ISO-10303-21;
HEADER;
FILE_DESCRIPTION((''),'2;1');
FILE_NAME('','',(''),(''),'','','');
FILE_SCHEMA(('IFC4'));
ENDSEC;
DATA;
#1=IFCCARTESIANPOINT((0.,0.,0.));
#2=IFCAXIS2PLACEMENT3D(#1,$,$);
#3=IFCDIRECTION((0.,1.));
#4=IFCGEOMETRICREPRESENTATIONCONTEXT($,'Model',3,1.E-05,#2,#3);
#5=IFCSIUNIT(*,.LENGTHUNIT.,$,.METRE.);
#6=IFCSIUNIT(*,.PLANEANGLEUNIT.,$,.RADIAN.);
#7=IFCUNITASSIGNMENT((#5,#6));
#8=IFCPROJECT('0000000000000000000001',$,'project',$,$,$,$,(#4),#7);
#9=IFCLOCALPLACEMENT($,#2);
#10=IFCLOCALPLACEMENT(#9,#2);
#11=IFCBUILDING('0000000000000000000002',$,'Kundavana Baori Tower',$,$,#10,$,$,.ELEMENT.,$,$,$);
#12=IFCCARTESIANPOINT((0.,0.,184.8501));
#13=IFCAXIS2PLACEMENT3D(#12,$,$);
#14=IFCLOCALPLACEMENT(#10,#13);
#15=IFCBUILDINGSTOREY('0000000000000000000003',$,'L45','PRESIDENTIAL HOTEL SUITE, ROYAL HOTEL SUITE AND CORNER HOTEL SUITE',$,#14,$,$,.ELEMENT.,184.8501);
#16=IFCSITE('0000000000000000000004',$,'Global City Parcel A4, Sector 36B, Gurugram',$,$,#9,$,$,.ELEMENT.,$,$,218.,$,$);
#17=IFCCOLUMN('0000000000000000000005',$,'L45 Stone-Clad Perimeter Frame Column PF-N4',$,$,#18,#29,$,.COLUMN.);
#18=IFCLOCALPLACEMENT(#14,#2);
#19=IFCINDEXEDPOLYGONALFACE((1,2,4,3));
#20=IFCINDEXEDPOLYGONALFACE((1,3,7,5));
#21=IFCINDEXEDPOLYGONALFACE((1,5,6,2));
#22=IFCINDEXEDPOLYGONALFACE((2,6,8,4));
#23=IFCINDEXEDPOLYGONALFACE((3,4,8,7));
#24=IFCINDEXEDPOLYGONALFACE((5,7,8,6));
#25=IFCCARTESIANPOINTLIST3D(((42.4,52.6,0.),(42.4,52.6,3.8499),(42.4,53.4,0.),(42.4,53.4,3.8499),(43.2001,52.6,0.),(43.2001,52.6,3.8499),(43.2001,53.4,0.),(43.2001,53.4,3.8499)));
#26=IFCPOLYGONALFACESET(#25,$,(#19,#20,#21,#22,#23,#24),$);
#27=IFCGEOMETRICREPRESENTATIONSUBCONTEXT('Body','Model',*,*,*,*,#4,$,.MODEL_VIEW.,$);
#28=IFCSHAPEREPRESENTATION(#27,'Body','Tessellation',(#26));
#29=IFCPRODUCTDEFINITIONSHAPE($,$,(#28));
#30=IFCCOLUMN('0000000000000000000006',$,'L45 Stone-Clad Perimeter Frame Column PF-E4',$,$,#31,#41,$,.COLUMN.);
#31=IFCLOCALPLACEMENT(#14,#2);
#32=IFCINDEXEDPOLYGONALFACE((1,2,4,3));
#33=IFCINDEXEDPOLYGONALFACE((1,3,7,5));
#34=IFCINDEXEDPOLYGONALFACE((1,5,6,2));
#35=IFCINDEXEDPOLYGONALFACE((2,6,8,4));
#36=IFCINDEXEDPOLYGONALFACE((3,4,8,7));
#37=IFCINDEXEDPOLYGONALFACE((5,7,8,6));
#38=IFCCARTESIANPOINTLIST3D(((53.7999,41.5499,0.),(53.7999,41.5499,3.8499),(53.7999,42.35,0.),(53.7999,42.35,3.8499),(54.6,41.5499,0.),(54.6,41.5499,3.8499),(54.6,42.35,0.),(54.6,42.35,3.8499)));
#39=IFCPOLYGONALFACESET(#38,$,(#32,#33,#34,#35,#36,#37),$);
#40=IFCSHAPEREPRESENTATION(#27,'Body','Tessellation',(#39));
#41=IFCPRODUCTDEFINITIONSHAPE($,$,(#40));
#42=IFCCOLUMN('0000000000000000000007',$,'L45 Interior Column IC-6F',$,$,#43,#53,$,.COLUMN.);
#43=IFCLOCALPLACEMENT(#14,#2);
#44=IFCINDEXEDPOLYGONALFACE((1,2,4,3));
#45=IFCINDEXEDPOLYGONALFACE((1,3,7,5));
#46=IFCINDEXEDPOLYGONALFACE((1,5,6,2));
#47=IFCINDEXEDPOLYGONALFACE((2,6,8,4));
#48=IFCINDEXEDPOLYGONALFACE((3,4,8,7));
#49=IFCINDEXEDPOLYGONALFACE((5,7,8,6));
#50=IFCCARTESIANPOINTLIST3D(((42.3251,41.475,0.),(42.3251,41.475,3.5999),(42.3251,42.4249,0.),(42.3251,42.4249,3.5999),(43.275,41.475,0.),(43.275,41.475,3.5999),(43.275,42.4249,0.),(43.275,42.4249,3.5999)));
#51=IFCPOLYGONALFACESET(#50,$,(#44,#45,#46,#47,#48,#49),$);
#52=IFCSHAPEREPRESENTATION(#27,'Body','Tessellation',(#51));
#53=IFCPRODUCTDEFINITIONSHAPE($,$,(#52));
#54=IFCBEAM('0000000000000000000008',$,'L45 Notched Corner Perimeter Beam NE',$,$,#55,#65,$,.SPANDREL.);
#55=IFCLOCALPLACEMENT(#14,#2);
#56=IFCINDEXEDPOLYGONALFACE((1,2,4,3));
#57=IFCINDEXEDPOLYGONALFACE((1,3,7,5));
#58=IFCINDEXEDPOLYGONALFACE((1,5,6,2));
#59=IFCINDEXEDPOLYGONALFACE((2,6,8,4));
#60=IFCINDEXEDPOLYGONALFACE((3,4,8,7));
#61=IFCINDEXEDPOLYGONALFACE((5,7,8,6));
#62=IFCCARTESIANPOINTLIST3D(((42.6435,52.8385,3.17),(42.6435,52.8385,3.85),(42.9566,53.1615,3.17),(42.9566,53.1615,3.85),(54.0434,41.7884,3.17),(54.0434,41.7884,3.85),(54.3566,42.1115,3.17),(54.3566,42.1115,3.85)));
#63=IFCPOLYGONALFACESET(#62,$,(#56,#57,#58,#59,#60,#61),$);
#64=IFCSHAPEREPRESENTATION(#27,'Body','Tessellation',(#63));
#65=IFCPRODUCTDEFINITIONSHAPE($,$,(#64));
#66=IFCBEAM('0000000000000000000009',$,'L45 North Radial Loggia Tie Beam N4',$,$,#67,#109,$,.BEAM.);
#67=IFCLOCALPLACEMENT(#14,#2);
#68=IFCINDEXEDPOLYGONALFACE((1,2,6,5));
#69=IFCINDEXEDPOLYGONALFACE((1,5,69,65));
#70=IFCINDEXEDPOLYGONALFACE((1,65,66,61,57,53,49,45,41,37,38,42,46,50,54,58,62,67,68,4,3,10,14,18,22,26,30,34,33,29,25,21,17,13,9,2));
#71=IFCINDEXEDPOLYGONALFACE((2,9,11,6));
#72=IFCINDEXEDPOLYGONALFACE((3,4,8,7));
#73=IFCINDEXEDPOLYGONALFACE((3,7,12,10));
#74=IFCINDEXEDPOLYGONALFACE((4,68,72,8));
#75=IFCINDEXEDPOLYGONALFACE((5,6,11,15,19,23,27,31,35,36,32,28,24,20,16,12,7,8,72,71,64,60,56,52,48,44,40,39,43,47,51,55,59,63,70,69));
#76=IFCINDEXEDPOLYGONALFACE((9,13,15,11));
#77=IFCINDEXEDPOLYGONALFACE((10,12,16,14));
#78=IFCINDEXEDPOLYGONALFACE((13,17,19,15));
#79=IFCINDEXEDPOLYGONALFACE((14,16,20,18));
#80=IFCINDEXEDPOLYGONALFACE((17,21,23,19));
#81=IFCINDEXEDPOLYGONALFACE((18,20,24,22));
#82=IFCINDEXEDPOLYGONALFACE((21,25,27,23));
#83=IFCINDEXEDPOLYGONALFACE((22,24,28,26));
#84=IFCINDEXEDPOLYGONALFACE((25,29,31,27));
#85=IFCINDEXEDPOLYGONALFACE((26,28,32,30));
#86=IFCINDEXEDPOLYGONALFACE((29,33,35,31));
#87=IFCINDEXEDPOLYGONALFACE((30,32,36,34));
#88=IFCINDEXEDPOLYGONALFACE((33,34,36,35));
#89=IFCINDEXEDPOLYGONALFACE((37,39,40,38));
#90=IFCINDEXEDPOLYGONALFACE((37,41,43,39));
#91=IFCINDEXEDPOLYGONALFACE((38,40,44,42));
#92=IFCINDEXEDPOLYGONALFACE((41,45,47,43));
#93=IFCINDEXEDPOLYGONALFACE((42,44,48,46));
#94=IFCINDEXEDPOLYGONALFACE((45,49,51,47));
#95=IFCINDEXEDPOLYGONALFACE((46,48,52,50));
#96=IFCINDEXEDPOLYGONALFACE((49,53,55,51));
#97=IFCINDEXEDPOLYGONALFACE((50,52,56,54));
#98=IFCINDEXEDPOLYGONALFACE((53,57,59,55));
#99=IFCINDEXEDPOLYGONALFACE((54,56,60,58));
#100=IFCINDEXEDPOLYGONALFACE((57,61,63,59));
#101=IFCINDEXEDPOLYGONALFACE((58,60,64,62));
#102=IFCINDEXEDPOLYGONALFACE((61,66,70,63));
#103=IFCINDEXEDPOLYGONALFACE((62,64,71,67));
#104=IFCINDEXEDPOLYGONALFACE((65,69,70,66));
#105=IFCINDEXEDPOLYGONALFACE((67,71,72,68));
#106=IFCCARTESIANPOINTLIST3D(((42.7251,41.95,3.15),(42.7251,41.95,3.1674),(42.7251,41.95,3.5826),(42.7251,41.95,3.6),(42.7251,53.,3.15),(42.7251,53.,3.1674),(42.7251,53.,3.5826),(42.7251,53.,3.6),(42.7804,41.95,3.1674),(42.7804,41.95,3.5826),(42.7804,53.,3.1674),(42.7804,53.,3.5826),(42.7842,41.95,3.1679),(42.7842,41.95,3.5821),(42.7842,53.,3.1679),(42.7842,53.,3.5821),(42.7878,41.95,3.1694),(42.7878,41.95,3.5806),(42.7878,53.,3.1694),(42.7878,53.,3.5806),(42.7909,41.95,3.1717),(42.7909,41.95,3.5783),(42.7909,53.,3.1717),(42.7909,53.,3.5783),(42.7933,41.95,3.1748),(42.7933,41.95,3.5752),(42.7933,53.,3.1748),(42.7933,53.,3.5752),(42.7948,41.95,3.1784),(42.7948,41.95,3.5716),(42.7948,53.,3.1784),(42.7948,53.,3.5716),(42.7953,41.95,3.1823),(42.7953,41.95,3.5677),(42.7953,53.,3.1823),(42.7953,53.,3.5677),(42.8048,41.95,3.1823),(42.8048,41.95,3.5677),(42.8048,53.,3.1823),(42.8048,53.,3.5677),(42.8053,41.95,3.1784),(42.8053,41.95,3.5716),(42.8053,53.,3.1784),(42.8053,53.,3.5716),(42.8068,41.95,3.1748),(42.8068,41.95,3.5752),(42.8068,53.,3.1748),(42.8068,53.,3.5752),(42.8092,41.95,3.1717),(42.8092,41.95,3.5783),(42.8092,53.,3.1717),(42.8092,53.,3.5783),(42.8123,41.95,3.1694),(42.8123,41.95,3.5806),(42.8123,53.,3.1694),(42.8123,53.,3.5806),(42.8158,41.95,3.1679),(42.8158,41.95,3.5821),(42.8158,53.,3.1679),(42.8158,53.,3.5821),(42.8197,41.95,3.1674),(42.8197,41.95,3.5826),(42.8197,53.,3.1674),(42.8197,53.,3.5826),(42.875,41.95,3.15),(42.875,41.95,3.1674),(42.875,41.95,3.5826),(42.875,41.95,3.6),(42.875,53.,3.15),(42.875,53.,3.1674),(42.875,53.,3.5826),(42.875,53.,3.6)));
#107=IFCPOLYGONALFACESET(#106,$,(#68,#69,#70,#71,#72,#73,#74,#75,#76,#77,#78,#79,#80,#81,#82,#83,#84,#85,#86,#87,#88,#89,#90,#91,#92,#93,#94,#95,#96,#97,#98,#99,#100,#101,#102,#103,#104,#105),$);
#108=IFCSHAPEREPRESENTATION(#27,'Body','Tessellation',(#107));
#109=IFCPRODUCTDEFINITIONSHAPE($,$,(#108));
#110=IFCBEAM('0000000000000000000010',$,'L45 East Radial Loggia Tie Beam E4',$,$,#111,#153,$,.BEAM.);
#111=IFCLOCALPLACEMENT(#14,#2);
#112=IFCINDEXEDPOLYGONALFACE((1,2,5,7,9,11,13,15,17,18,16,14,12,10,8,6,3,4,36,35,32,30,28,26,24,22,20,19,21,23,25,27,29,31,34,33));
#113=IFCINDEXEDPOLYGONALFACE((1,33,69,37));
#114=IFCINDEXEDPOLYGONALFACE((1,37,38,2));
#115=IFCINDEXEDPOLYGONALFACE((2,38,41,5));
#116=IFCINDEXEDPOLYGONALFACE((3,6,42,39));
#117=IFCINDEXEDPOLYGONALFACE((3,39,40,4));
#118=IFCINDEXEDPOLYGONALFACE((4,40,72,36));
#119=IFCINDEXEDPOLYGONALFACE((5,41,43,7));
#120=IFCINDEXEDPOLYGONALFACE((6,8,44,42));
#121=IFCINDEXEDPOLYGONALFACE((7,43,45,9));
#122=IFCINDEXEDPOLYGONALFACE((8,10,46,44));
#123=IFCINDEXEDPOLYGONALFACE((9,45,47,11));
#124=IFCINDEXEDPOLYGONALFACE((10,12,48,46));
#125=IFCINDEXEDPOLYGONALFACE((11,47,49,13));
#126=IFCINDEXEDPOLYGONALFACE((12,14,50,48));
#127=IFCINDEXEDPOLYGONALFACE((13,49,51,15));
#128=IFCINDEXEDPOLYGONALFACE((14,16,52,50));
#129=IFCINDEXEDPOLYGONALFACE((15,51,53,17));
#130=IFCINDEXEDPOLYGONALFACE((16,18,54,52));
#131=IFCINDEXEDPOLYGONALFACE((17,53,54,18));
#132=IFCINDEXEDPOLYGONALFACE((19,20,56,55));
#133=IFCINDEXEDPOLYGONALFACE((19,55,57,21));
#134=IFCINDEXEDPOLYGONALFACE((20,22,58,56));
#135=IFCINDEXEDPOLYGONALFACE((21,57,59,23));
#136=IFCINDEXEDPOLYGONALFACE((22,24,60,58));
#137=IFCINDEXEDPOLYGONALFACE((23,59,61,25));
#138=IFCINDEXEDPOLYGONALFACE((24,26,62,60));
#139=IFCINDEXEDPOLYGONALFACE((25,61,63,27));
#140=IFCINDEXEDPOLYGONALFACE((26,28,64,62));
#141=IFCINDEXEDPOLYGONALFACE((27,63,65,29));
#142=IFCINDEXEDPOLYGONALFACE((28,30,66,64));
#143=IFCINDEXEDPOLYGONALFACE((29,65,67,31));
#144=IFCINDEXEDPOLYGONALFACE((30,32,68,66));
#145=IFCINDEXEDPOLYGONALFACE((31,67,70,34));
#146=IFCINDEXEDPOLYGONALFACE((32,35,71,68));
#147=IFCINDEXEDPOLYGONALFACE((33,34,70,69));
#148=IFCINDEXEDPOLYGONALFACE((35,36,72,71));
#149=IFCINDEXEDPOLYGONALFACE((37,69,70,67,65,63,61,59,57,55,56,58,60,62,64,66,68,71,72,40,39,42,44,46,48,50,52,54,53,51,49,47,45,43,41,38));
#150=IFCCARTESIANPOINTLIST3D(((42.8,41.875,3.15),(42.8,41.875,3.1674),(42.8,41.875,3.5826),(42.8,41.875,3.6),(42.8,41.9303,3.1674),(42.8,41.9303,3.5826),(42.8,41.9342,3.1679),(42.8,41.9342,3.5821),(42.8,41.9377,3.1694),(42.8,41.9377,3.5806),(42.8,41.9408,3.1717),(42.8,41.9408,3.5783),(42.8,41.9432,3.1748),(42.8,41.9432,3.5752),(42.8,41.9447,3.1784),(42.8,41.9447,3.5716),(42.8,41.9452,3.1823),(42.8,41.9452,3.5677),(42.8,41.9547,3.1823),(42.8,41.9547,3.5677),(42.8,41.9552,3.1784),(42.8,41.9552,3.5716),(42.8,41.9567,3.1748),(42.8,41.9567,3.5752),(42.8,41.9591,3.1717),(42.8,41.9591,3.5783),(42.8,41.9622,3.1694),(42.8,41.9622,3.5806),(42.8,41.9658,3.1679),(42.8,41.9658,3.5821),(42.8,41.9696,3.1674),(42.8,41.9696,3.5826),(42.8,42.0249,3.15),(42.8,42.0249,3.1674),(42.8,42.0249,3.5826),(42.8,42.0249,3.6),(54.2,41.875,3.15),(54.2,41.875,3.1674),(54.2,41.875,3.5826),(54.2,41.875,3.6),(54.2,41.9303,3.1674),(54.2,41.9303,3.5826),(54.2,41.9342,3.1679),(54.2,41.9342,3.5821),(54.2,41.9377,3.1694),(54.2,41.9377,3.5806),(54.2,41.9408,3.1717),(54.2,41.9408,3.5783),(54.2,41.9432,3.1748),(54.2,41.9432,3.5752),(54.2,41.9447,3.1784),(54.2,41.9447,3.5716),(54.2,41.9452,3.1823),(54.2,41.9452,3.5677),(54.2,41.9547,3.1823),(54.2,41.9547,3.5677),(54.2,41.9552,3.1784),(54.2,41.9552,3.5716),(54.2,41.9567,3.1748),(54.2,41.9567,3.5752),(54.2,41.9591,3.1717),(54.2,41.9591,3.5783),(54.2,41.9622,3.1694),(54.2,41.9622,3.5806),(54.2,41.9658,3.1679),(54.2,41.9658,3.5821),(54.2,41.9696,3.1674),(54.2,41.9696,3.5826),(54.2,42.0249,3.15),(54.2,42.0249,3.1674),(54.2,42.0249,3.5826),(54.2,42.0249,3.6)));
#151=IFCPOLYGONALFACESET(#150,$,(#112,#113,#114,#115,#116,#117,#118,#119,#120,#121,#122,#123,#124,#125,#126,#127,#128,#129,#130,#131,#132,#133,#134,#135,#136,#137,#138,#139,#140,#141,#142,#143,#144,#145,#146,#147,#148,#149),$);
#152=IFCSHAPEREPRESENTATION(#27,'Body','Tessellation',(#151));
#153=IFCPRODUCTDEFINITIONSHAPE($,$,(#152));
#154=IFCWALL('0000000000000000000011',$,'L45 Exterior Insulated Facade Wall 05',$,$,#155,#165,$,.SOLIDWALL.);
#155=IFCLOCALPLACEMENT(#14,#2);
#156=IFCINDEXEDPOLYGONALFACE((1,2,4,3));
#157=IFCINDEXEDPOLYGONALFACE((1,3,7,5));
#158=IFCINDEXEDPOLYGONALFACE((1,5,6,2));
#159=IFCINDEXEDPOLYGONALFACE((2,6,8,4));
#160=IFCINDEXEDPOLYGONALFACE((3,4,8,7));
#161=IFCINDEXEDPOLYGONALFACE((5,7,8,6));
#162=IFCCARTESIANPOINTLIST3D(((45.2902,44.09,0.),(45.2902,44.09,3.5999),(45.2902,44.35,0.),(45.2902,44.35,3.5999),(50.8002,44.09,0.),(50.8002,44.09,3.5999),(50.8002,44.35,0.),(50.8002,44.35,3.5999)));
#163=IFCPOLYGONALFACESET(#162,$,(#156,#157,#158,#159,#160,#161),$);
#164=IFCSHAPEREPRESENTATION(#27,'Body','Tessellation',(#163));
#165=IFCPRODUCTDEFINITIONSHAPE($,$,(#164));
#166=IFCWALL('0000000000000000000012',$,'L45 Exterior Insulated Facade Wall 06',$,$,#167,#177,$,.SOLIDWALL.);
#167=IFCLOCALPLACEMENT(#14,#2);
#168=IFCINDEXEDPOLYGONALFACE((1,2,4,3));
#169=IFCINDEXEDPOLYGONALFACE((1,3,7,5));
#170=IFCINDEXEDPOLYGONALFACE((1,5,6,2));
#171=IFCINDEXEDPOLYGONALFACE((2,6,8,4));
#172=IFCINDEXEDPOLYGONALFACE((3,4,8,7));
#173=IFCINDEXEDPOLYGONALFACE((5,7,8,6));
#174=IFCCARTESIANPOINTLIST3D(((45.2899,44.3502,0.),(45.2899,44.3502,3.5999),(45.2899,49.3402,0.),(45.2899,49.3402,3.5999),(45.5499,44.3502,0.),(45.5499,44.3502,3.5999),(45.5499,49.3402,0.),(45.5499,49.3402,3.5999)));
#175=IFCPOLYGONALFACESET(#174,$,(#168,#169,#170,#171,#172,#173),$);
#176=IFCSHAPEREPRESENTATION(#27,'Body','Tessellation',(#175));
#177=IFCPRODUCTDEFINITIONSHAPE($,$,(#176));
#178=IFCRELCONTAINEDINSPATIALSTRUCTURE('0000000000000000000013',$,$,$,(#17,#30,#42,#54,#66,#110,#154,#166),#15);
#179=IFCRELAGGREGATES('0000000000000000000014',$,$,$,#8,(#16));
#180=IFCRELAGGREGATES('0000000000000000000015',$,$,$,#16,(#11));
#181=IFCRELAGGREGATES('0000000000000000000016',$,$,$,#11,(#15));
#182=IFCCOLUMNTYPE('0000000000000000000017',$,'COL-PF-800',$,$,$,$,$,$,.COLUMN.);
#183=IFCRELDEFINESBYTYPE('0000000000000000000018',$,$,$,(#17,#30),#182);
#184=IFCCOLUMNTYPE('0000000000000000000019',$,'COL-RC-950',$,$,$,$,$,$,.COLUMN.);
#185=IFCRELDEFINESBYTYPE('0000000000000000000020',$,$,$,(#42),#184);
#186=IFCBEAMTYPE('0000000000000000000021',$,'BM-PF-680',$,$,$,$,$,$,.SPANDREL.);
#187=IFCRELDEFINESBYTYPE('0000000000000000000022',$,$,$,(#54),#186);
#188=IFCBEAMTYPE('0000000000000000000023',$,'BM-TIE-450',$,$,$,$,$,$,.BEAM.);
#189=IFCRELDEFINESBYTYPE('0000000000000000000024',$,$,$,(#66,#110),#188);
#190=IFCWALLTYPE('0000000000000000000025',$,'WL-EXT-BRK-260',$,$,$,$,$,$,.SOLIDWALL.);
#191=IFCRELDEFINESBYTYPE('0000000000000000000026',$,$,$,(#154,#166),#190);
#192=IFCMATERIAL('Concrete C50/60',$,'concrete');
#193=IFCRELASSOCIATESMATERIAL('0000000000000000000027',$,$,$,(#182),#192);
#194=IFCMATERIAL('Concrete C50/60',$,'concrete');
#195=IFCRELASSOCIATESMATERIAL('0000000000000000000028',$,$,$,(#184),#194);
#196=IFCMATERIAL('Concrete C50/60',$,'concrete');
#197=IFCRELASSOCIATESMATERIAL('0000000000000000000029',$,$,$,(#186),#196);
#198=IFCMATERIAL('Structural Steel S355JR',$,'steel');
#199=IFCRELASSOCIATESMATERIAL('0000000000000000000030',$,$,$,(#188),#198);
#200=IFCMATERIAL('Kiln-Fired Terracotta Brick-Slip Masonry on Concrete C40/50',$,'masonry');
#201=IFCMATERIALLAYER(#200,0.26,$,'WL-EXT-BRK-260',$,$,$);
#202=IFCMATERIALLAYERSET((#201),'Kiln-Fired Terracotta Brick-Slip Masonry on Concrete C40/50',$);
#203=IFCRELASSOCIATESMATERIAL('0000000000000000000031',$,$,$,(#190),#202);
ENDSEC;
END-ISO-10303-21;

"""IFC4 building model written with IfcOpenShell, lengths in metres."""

from ifc_helpers import new_model, si_unit, direction, frame, frame_2d, origin, origin_2d, place, context, subcontext, project, spatial, rectangle, i_section, extrude, material, layer, layer_set, material_profile, profile_set, type_object, element, save


model = new_model("IFC4")

# Units and contexts
model_context = context("Model", 3, precision=1e-05, world=origin(), true_north=direction((0.0, 1.0)))
body_context = subcontext(model_context, "Body", "Model", "MODEL_VIEW")
ifc_project = project(units=[si_unit("LENGTHUNIT", "METRE"), si_unit("PLANEANGLEUNIT", "RADIAN")], contexts=[model_context])

# Site, building, storey
site_placement = place(None, origin())
site = spatial("IfcSite", under=ifc_project, at=site_placement, Name="Global City Parcel A4, Sector 36B, Gurugram", CompositionType="ELEMENT", RefElevation=218.0)
building_placement = place(site_placement, origin())
building = spatial("IfcBuilding", under=site, at=building_placement, Name="Kundavana Baori Tower", CompositionType="ELEMENT")
storey_placement = place(building_placement, frame((0.0, 0.0, 184.8501)))
storey = spatial("IfcBuildingStorey", under=building, at=storey_placement, Name="L45", Description="PRESIDENTIAL HOTEL SUITE, ROYAL HOTEL SUITE AND CORNER HOTEL SUITE", CompositionType="ELEMENT", Elevation=184.8501)

# Columns
ifc_material_1 = material(Name="Concrete C50/60", Category="concrete")
ifc_material_profile_1 = material_profile(ifc_material_1, rectangle(XDim=0.8, YDim=0.8, at=origin_2d()), Name="RC PF 800x800")
ifc_profile_set_1 = profile_set([ifc_material_profile_1], Name="Concrete C50/60")
column_type_1 = type_object("IfcColumnType", Name="COL-PF-800", PredefinedType="COLUMN", material=ifc_profile_set_1)
for number, where, z_axis, x_axis, name in (
    (1, (42.8, 53.0, 0.0), (0.0, 0.0, 1.0), (1.0, 0.0, 0.0), "L45 Stone-Clad Perimeter Frame Column PF-N4"),
    (2, (54.2, 41.95, 0.0), (0.0, 0.0, 1.0), (1.0, 0.0, 0.0), "L45 Stone-Clad Perimeter Frame Column PF-E4"),
):
    element("IfcColumn", number, at=place(storey_placement, frame(where, z_axis=z_axis, x_axis=x_axis)), inside=storey, type_object=column_type_1, Name=name, PredefinedType="COLUMN", context=body_context, shape_type="SweptSolid", body=[
        extrude(rectangle(XDim=0.8, YDim=0.8, at=origin_2d()), origin(), (0.0, 0.0, 1.0), 3.8499),
    ])
ifc_material_2 = material(Name="Concrete C50/60", Category="concrete")
ifc_material_profile_2 = material_profile(ifc_material_2, rectangle(XDim=0.95, YDim=0.95, at=origin_2d()), Name="RC 950x950")
ifc_profile_set_2 = profile_set([ifc_material_profile_2], Name="Concrete C50/60")
column_type_2 = type_object("IfcColumnType", Name="COL-RC-950", PredefinedType="COLUMN", material=ifc_profile_set_2)
column_placement = place(storey_placement, frame((42.8, 41.95, 0.0), z_axis=(0.0, 0.0, 1.0), x_axis=(1.0, 0.0, 0.0)))
element("IfcColumn", 3, at=column_placement, inside=storey, type_object=column_type_2, Name="L45 Interior Column IC-6F", PredefinedType="COLUMN", context=body_context, shape_type="SweptSolid", body=[
    extrude(rectangle(XDim=0.95, YDim=0.95, at=origin_2d()), origin(), (0.0, 0.0, 1.0), 3.5999),
])

# Beams
ifc_material_3 = material(Name="Concrete C50/60", Category="concrete")
ifc_material_profile_3 = material_profile(ifc_material_3, rectangle(XDim=0.45, YDim=0.6799, at=origin_2d()), Name="RC BM 450x680")
ifc_profile_set_3 = profile_set([ifc_material_profile_3], Name="Concrete C50/60")
beam_type_1 = type_object("IfcBeamType", Name="BM-PF-680", PredefinedType="SPANDREL", material=ifc_profile_set_3)
beam_1_placement = place(storey_placement, frame((42.8, 53.0, 3.51), z_axis=(0.718039, -0.696003, 0.0), x_axis=(0.696003, 0.718039, 0.0)))
element("IfcBeam", 4, at=beam_1_placement, inside=storey, type_object=beam_type_1, Name="L45 Notched Corner Perimeter Beam NE", PredefinedType="SPANDREL", context=body_context, shape_type="SweptSolid", body=[
    extrude(rectangle(XDim=0.45, YDim=0.6799, at=origin_2d()), origin(), (0.0, 0.0, 1.0), 15.8765),
])
ifc_material_4 = material(Name="Structural Steel S355JR", Category="steel")
ifc_material_profile_4 = material_profile(ifc_material_4, i_section(OverallWidth=0.1499, OverallDepth=0.45, WebThickness=0.0095, FlangeThickness=0.0173, FilletRadius=0.0149, at=origin_2d()), Name="ISMB 450")
ifc_profile_set_4 = profile_set([ifc_material_profile_4], Name="Structural Steel S355JR")
beam_type_2 = type_object("IfcBeamType", Name="BM-TIE-450", PredefinedType="BEAM", material=ifc_profile_set_4)
beam_2_placement = place(storey_placement, frame((42.8, 41.95, 3.375), z_axis=(0.0, 1.0, 0.0), x_axis=(-1.0, 0.0, 0.0)))
element("IfcBeam", 5, at=beam_2_placement, inside=storey, type_object=beam_type_2, Name="L45 North Radial Loggia Tie Beam N4", PredefinedType="BEAM", context=body_context, shape_type="SweptSolid", body=[
    extrude(i_section(OverallWidth=0.1499, OverallDepth=0.45, WebThickness=0.0095, FlangeThickness=0.0173, FilletRadius=0.0149, at=origin_2d()), origin(), (0.0, 0.0, 1.0), 11.05),
])
beam_3_placement = place(storey_placement, frame((42.8, 41.95, 3.375), z_axis=(1.0, 0.0, 0.0), x_axis=(0.0, 1.0, 0.0)))
element("IfcBeam", 6, at=beam_3_placement, inside=storey, type_object=beam_type_2, Name="L45 East Radial Loggia Tie Beam E4", PredefinedType="BEAM", context=body_context, shape_type="SweptSolid", body=[
    extrude(i_section(OverallWidth=0.1499, OverallDepth=0.45, WebThickness=0.0095, FlangeThickness=0.0173, FilletRadius=0.0149, at=origin_2d()), origin(), (0.0, 0.0, 1.0), 11.3999),
])

# Walls
ifc_material_5 = material(Name="Kiln-Fired Terracotta Brick-Slip Masonry on Concrete C40/50", Category="masonry")
ifc_layer_1 = layer(ifc_material_5, 0.26, Name="WL-EXT-BRK-260")
ifc_layer_set_1 = layer_set([ifc_layer_1], Name="Kiln-Fired Terracotta Brick-Slip Masonry on Concrete C40/50")
wall_type_1 = type_object("IfcWallType", Name="WL-EXT-BRK-260", PredefinedType="SOLIDWALL", material=ifc_layer_set_1)
wall_1_placement = place(storey_placement, frame((50.8, 44.22, 0.0), z_axis=(0.0, 0.0, 1.0), x_axis=(-1.0, 0.0, 0.0)))
element("IfcWall", 7, at=wall_1_placement, inside=storey, type_object=wall_type_1, Name="L45 Exterior Insulated Facade Wall 05", PredefinedType="SOLIDWALL", context=body_context, shape_type="SweptSolid", body=[
    extrude(rectangle(XDim=5.51, YDim=0.26, at=frame_2d((2.7549, 0.0))), origin(), (0.0, 0.0, 1.0), 3.5999),
])
wall_2_placement = place(storey_placement, frame((45.4199, 44.3501, 0.0), z_axis=(0.0, 0.0, 1.0), x_axis=(0.0, 1.0, 0.0)))
element("IfcWall", 8, at=wall_2_placement, inside=storey, type_object=wall_type_1, Name="L45 Exterior Insulated Facade Wall 06", PredefinedType="SOLIDWALL", context=body_context, shape_type="SweptSolid", body=[
    extrude(rectangle(XDim=4.99, YDim=0.26, at=frame_2d((2.4951, 0.0))), origin(), (0.0, 0.0, 1.0), 3.5999),
])

save(model, "model.ifc")
